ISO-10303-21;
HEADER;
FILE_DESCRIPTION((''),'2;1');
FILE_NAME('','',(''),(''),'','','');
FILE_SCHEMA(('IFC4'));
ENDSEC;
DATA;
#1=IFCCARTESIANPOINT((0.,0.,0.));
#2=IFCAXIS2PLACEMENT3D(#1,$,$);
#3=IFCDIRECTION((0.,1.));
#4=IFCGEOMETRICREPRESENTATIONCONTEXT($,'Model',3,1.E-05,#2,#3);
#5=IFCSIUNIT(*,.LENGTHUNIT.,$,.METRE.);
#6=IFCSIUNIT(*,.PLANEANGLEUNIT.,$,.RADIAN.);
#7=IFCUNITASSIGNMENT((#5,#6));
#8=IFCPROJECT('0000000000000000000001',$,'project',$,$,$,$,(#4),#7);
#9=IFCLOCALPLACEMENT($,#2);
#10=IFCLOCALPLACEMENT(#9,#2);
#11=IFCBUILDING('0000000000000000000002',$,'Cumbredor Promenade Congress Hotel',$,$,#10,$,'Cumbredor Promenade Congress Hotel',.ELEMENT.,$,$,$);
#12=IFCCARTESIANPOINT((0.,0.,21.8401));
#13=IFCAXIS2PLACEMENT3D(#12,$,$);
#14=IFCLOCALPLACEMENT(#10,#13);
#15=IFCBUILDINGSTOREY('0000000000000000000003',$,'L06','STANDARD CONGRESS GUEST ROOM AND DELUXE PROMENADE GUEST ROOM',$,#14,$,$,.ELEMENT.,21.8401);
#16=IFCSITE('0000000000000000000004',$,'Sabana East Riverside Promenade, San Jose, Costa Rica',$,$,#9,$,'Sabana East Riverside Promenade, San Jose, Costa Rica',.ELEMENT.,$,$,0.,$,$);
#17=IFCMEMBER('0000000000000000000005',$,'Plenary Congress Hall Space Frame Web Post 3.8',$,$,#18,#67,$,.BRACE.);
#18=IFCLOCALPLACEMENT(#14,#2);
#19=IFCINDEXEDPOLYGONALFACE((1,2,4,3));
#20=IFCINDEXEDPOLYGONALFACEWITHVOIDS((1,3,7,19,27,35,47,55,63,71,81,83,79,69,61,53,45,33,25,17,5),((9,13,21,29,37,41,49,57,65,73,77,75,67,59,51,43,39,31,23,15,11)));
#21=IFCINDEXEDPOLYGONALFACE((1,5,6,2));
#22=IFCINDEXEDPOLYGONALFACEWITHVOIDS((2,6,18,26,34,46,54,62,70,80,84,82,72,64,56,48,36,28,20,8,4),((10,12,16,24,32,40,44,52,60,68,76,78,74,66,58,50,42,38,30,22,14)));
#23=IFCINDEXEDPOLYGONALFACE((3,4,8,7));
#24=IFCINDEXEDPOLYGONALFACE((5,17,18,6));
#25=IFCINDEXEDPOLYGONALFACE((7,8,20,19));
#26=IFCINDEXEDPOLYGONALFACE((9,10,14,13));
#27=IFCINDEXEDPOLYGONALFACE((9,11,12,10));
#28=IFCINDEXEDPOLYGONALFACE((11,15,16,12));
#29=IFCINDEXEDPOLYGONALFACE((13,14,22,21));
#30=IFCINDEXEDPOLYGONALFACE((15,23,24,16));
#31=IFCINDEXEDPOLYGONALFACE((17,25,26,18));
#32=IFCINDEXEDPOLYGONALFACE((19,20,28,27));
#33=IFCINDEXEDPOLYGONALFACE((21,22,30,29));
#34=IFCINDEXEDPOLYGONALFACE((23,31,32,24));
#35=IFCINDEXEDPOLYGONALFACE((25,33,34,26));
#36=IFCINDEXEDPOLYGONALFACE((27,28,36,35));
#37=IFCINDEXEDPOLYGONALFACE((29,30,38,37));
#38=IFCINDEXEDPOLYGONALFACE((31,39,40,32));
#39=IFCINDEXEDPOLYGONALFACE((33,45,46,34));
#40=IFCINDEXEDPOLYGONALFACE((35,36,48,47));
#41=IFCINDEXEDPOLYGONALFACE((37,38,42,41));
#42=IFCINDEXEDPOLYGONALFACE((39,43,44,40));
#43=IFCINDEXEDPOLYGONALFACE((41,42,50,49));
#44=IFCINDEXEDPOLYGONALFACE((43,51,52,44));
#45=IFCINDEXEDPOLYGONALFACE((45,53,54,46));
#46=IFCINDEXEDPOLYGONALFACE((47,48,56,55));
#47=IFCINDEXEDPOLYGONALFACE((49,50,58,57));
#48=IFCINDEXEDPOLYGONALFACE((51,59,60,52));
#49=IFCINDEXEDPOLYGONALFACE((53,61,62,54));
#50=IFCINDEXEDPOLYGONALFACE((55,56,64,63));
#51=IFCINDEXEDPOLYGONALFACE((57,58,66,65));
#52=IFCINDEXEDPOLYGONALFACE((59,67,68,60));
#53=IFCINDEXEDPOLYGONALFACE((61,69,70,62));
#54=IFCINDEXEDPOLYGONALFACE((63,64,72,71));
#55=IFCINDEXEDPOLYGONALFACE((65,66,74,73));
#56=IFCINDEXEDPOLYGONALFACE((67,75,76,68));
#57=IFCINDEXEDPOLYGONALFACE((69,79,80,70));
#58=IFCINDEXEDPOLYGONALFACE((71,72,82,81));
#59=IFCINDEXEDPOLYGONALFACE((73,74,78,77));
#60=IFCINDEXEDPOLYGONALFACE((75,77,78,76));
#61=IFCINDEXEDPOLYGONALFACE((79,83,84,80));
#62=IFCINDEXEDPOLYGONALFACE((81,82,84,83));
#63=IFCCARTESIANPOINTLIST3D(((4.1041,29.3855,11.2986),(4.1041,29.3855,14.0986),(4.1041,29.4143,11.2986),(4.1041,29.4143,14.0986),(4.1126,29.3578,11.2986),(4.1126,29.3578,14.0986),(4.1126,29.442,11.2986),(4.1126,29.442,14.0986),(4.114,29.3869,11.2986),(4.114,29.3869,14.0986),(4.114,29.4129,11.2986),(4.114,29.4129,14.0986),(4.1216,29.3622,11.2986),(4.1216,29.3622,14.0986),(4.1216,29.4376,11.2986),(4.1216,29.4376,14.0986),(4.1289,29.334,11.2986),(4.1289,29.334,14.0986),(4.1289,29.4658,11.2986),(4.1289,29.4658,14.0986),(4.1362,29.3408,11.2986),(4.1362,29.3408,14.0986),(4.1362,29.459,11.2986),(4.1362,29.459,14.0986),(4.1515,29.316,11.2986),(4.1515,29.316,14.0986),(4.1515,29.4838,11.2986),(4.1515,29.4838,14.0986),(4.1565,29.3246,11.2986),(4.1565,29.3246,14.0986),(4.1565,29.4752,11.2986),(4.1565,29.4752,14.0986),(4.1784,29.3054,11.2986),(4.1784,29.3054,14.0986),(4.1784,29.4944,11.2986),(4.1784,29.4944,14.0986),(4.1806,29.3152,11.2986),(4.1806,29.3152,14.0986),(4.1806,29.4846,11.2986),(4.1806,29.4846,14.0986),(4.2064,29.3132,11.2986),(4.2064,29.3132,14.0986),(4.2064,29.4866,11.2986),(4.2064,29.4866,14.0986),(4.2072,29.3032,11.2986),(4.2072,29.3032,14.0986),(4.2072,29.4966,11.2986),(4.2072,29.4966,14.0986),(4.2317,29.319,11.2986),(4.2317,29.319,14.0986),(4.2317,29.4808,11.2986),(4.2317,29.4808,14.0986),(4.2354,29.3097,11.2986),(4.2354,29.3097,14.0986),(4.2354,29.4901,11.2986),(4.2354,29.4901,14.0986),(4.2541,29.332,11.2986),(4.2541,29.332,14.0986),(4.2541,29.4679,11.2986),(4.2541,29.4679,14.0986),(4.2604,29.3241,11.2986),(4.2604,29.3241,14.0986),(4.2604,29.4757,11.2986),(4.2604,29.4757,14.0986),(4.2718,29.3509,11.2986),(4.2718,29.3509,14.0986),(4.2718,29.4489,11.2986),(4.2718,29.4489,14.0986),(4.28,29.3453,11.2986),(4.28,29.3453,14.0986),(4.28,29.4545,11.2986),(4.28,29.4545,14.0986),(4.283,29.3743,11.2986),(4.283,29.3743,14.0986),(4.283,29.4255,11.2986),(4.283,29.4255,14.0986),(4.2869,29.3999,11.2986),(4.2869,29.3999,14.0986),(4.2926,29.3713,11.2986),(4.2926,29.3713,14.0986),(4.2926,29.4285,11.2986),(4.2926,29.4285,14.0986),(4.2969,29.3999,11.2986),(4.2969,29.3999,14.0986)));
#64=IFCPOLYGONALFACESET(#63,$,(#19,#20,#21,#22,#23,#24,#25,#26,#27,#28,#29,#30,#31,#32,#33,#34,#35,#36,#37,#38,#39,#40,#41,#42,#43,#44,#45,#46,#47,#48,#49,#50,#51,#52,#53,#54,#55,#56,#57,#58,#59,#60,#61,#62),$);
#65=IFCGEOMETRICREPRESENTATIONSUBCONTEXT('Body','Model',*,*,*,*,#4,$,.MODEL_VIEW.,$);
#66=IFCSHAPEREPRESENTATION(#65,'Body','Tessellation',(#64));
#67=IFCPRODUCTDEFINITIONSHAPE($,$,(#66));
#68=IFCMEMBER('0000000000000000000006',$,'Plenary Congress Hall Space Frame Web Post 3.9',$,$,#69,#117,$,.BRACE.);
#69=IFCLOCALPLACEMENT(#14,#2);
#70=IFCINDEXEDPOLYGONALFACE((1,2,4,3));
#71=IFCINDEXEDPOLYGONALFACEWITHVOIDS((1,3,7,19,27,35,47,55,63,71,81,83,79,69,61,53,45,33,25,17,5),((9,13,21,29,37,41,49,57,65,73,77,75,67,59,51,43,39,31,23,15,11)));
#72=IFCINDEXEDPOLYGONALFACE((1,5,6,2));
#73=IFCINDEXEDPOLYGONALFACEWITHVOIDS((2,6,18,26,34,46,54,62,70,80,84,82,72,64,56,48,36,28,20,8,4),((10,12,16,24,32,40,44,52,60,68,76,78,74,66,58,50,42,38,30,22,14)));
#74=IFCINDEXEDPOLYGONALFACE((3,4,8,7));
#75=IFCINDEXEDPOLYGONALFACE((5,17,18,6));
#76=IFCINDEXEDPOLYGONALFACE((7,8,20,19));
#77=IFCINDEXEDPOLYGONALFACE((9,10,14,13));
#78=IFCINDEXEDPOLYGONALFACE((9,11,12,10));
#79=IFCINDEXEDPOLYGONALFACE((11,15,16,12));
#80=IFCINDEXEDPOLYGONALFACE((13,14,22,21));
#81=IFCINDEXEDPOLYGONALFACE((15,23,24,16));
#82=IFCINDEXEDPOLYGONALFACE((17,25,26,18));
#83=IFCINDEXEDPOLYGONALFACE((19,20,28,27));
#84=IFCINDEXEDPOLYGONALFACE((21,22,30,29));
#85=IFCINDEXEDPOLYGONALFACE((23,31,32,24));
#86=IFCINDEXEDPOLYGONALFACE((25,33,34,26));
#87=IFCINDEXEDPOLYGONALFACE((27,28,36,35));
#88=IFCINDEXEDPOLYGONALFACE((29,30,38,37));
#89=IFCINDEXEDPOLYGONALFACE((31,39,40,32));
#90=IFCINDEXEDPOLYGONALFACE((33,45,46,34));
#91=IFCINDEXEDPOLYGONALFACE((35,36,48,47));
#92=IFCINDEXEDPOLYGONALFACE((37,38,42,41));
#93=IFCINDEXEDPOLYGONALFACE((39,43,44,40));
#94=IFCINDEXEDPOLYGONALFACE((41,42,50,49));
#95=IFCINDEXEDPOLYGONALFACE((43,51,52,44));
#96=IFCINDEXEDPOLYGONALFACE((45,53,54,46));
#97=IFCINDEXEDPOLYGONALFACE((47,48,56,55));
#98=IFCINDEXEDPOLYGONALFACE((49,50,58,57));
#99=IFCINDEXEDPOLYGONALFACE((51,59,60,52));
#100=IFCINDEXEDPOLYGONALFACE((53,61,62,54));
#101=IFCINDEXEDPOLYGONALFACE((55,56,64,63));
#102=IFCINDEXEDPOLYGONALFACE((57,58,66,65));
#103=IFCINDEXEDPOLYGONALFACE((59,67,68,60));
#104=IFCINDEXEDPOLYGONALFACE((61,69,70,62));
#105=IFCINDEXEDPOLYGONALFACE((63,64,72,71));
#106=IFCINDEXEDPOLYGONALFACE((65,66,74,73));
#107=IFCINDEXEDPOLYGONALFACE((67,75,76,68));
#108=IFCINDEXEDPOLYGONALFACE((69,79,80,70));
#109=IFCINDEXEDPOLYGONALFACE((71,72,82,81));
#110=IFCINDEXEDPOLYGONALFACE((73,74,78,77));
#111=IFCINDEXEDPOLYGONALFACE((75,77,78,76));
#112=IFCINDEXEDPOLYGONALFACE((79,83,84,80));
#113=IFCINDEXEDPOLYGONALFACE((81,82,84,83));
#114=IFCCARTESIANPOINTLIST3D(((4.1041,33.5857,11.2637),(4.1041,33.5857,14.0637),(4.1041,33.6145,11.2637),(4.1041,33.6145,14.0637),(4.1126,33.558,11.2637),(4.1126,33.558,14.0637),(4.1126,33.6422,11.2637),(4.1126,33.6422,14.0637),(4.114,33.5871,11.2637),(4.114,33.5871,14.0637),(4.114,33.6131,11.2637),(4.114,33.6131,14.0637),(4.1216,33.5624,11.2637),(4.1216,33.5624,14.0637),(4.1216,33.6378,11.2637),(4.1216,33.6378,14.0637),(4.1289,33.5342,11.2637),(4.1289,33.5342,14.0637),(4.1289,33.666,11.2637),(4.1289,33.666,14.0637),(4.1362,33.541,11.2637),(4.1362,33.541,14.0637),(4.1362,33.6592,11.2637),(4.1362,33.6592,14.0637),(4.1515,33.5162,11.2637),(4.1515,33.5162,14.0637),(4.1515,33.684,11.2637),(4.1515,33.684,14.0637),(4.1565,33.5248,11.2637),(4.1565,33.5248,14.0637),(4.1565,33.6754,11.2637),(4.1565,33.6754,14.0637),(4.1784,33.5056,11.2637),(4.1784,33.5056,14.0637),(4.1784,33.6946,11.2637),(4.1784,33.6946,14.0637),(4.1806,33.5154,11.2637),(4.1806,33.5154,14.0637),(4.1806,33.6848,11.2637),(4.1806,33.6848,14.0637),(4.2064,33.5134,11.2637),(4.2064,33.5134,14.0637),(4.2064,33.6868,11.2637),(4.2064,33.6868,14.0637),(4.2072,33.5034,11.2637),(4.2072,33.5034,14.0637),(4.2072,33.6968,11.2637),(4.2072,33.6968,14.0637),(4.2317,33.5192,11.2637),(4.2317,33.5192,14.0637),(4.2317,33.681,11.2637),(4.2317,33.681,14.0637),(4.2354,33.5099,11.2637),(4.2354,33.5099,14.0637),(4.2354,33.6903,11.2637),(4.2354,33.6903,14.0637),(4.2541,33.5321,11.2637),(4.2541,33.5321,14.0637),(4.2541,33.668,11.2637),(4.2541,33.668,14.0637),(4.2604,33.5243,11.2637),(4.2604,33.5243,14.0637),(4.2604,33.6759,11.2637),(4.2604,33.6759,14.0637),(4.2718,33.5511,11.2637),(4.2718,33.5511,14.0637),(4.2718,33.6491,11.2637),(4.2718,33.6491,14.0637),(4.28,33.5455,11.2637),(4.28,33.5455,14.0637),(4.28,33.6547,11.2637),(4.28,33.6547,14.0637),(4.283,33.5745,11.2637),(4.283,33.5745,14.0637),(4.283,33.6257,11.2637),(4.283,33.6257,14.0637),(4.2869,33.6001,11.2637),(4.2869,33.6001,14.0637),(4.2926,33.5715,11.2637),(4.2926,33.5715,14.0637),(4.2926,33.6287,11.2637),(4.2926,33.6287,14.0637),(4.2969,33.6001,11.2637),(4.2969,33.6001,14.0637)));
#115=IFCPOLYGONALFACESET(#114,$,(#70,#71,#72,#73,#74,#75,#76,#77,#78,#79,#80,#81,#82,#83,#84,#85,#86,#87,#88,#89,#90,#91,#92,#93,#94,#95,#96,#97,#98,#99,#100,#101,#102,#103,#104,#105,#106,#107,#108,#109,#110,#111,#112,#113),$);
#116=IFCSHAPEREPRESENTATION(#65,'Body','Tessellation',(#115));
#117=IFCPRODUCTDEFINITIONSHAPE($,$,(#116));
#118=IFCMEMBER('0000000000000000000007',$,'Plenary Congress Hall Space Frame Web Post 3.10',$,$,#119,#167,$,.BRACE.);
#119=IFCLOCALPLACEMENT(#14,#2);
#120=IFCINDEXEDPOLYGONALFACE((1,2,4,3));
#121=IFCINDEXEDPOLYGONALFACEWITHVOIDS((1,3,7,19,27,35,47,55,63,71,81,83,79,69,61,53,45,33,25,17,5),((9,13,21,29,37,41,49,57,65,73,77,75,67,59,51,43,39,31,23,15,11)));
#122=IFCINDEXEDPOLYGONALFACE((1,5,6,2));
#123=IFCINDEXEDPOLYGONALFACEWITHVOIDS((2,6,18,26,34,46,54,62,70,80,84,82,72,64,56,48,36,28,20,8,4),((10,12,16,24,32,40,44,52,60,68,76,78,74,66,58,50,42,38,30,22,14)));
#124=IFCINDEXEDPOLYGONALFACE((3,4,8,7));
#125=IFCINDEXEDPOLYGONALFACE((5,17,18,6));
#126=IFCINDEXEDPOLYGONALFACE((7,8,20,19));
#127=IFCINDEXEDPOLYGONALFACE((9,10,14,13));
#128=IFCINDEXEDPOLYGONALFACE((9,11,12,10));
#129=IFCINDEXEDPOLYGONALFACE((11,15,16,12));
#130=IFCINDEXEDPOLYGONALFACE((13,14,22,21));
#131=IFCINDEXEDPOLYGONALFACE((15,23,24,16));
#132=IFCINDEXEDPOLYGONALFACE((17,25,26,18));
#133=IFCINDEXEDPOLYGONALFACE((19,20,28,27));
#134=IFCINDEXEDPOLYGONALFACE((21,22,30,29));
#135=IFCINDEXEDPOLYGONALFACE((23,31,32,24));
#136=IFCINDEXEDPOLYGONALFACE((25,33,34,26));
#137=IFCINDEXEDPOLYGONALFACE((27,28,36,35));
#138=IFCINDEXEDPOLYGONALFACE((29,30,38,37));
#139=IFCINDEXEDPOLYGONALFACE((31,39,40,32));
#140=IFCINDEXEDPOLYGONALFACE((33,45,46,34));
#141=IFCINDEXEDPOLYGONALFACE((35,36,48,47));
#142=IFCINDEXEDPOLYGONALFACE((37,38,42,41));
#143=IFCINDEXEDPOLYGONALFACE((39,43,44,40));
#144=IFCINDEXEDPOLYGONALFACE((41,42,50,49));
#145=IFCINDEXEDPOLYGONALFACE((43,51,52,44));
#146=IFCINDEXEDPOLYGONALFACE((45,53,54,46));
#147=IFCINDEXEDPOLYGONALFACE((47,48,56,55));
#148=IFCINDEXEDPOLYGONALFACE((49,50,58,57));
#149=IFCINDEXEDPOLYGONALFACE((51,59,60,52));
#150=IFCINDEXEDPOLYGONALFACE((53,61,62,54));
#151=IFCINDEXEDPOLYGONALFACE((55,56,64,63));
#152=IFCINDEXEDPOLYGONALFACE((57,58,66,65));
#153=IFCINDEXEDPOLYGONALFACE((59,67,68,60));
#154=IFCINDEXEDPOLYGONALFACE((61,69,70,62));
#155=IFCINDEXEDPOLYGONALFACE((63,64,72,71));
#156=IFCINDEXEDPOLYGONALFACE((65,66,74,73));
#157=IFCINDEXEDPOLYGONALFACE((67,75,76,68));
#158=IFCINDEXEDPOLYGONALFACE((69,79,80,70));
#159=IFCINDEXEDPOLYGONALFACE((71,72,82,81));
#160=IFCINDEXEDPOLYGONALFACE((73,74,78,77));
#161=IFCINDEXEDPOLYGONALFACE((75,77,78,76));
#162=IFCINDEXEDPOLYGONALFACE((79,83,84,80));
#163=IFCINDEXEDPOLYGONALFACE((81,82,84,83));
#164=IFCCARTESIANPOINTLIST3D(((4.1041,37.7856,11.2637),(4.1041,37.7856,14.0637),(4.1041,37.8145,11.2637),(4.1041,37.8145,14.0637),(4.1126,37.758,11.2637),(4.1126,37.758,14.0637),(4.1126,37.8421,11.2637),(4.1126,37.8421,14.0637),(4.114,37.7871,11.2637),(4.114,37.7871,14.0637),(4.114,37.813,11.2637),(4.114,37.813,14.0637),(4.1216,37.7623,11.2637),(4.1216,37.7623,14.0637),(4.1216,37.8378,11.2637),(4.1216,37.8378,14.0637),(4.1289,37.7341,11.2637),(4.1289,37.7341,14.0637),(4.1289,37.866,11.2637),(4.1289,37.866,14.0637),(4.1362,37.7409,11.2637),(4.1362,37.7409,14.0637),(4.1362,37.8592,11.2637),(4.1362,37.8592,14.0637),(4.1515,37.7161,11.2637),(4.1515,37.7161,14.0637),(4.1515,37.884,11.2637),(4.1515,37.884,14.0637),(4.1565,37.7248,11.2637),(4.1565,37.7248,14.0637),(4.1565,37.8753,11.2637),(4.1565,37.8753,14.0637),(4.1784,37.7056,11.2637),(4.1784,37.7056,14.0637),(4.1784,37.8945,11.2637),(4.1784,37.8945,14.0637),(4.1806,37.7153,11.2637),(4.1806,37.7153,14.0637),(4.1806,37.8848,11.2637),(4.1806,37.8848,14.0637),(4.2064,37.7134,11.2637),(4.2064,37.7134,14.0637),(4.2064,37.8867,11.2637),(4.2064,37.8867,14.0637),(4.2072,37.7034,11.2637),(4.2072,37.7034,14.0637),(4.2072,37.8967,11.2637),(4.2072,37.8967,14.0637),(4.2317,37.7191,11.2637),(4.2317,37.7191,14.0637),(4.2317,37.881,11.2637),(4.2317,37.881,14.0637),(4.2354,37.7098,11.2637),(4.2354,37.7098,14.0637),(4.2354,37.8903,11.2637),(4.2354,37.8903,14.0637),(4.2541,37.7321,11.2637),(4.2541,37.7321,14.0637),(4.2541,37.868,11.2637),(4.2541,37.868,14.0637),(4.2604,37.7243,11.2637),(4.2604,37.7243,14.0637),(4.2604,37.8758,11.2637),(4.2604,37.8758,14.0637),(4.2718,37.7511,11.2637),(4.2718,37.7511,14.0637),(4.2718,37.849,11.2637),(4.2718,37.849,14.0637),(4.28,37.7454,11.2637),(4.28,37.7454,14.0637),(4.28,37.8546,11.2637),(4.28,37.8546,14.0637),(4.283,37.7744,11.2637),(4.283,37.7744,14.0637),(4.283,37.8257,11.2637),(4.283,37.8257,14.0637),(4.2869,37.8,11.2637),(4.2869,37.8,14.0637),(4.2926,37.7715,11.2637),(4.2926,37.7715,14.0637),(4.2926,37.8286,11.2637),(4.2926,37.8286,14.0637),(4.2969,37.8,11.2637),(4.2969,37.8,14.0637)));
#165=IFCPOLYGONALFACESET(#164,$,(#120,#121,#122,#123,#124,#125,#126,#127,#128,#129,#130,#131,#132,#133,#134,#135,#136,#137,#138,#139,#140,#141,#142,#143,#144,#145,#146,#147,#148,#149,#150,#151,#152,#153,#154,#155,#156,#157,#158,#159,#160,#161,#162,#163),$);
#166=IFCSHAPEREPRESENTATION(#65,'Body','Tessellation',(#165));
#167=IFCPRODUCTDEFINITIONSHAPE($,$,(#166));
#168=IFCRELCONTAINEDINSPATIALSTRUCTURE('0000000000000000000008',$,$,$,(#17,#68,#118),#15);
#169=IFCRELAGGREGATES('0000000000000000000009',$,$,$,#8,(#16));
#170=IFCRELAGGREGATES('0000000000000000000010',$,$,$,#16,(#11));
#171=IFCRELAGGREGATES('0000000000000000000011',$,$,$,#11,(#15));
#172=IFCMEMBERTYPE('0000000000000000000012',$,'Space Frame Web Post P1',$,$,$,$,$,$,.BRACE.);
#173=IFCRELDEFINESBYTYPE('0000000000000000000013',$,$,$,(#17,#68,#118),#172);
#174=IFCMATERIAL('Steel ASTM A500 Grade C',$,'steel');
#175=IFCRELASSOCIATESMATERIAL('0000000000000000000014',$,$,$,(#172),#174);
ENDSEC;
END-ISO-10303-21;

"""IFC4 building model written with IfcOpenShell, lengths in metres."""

from ifc_helpers import new_model, si_unit, direction, frame, origin, origin_2d, place, context, subcontext, project, spatial, hollow_circle, extrude, material, material_profile, profile_set, type_object, element, save


model = new_model("IFC4")

# Units and contexts
model_context = context("Model", 3, precision=1e-05, world=origin(), true_north=direction((0.0, 1.0)))
body_context = subcontext(model_context, "Body", "Model", "MODEL_VIEW")
ifc_project = project(units=[si_unit("LENGTHUNIT", "METRE"), si_unit("PLANEANGLEUNIT", "RADIAN")], contexts=[model_context])

# Site, building, storey
site_placement = place(None, origin())
site = spatial("IfcSite", under=ifc_project, at=site_placement, Name="Sabana East Riverside Promenade, San Jose, Costa Rica", LongName="Sabana East Riverside Promenade, San Jose, Costa Rica", CompositionType="ELEMENT", RefElevation=0.0)
building_placement = place(site_placement, origin())
building = spatial("IfcBuilding", under=site, at=building_placement, Name="Cumbredor Promenade Congress Hotel", LongName="Cumbredor Promenade Congress Hotel", CompositionType="ELEMENT")
storey_placement = place(building_placement, frame((0.0, 0.0, 21.8401)))
storey = spatial("IfcBuildingStorey", under=building, at=storey_placement, Name="L06", Description="STANDARD CONGRESS GUEST ROOM AND DELUXE PROMENADE GUEST ROOM", CompositionType="ELEMENT", Elevation=21.8401)

# Members
ifc_material_1 = material(Name="Steel ASTM A500 Grade C", Category="steel")
ifc_material_profile_1 = material_profile(ifc_material_1, hollow_circle(Radius=0.0969, WallThickness=0.01, at=origin_2d()), Name="CHS 193.7x10")
ifc_profile_set_1 = profile_set([ifc_material_profile_1], Name="Steel ASTM A500 Grade C")
member_type_1 = type_object("IfcMemberType", Name="Space Frame Web Post P1", PredefinedType="BRACE", material=ifc_profile_set_1)
for number, where, z_axis, x_axis, name in (
    (1, (4.2, 29.3999, 11.2986), (0.0, 0.0, 1.0), (1.0, 0.0, 0.0), "Plenary Congress Hall Space Frame Web Post 3.8"),
    (2, (4.2, 33.6001, 11.2637), (0.0, 0.0, 1.0), (1.0, 0.0, 0.0), "Plenary Congress Hall Space Frame Web Post 3.9"),
    (3, (4.2, 37.8, 11.2637), (0.0, 0.0, 1.0), (1.0, 0.0, 0.0), "Plenary Congress Hall Space Frame Web Post 3.10"),
):
    element("IfcMember", number, at=place(storey_placement, frame(where, z_axis=z_axis, x_axis=x_axis)), inside=storey, type_object=member_type_1, Name=name, PredefinedType="BRACE", context=body_context, shape_type="SweptSolid", body=[
        extrude(hollow_circle(Radius=0.0969, WallThickness=0.01, at=origin_2d()), origin(), (0.0, 0.0, 1.0), 2.8),
    ])

save(model, "model.ifc")
